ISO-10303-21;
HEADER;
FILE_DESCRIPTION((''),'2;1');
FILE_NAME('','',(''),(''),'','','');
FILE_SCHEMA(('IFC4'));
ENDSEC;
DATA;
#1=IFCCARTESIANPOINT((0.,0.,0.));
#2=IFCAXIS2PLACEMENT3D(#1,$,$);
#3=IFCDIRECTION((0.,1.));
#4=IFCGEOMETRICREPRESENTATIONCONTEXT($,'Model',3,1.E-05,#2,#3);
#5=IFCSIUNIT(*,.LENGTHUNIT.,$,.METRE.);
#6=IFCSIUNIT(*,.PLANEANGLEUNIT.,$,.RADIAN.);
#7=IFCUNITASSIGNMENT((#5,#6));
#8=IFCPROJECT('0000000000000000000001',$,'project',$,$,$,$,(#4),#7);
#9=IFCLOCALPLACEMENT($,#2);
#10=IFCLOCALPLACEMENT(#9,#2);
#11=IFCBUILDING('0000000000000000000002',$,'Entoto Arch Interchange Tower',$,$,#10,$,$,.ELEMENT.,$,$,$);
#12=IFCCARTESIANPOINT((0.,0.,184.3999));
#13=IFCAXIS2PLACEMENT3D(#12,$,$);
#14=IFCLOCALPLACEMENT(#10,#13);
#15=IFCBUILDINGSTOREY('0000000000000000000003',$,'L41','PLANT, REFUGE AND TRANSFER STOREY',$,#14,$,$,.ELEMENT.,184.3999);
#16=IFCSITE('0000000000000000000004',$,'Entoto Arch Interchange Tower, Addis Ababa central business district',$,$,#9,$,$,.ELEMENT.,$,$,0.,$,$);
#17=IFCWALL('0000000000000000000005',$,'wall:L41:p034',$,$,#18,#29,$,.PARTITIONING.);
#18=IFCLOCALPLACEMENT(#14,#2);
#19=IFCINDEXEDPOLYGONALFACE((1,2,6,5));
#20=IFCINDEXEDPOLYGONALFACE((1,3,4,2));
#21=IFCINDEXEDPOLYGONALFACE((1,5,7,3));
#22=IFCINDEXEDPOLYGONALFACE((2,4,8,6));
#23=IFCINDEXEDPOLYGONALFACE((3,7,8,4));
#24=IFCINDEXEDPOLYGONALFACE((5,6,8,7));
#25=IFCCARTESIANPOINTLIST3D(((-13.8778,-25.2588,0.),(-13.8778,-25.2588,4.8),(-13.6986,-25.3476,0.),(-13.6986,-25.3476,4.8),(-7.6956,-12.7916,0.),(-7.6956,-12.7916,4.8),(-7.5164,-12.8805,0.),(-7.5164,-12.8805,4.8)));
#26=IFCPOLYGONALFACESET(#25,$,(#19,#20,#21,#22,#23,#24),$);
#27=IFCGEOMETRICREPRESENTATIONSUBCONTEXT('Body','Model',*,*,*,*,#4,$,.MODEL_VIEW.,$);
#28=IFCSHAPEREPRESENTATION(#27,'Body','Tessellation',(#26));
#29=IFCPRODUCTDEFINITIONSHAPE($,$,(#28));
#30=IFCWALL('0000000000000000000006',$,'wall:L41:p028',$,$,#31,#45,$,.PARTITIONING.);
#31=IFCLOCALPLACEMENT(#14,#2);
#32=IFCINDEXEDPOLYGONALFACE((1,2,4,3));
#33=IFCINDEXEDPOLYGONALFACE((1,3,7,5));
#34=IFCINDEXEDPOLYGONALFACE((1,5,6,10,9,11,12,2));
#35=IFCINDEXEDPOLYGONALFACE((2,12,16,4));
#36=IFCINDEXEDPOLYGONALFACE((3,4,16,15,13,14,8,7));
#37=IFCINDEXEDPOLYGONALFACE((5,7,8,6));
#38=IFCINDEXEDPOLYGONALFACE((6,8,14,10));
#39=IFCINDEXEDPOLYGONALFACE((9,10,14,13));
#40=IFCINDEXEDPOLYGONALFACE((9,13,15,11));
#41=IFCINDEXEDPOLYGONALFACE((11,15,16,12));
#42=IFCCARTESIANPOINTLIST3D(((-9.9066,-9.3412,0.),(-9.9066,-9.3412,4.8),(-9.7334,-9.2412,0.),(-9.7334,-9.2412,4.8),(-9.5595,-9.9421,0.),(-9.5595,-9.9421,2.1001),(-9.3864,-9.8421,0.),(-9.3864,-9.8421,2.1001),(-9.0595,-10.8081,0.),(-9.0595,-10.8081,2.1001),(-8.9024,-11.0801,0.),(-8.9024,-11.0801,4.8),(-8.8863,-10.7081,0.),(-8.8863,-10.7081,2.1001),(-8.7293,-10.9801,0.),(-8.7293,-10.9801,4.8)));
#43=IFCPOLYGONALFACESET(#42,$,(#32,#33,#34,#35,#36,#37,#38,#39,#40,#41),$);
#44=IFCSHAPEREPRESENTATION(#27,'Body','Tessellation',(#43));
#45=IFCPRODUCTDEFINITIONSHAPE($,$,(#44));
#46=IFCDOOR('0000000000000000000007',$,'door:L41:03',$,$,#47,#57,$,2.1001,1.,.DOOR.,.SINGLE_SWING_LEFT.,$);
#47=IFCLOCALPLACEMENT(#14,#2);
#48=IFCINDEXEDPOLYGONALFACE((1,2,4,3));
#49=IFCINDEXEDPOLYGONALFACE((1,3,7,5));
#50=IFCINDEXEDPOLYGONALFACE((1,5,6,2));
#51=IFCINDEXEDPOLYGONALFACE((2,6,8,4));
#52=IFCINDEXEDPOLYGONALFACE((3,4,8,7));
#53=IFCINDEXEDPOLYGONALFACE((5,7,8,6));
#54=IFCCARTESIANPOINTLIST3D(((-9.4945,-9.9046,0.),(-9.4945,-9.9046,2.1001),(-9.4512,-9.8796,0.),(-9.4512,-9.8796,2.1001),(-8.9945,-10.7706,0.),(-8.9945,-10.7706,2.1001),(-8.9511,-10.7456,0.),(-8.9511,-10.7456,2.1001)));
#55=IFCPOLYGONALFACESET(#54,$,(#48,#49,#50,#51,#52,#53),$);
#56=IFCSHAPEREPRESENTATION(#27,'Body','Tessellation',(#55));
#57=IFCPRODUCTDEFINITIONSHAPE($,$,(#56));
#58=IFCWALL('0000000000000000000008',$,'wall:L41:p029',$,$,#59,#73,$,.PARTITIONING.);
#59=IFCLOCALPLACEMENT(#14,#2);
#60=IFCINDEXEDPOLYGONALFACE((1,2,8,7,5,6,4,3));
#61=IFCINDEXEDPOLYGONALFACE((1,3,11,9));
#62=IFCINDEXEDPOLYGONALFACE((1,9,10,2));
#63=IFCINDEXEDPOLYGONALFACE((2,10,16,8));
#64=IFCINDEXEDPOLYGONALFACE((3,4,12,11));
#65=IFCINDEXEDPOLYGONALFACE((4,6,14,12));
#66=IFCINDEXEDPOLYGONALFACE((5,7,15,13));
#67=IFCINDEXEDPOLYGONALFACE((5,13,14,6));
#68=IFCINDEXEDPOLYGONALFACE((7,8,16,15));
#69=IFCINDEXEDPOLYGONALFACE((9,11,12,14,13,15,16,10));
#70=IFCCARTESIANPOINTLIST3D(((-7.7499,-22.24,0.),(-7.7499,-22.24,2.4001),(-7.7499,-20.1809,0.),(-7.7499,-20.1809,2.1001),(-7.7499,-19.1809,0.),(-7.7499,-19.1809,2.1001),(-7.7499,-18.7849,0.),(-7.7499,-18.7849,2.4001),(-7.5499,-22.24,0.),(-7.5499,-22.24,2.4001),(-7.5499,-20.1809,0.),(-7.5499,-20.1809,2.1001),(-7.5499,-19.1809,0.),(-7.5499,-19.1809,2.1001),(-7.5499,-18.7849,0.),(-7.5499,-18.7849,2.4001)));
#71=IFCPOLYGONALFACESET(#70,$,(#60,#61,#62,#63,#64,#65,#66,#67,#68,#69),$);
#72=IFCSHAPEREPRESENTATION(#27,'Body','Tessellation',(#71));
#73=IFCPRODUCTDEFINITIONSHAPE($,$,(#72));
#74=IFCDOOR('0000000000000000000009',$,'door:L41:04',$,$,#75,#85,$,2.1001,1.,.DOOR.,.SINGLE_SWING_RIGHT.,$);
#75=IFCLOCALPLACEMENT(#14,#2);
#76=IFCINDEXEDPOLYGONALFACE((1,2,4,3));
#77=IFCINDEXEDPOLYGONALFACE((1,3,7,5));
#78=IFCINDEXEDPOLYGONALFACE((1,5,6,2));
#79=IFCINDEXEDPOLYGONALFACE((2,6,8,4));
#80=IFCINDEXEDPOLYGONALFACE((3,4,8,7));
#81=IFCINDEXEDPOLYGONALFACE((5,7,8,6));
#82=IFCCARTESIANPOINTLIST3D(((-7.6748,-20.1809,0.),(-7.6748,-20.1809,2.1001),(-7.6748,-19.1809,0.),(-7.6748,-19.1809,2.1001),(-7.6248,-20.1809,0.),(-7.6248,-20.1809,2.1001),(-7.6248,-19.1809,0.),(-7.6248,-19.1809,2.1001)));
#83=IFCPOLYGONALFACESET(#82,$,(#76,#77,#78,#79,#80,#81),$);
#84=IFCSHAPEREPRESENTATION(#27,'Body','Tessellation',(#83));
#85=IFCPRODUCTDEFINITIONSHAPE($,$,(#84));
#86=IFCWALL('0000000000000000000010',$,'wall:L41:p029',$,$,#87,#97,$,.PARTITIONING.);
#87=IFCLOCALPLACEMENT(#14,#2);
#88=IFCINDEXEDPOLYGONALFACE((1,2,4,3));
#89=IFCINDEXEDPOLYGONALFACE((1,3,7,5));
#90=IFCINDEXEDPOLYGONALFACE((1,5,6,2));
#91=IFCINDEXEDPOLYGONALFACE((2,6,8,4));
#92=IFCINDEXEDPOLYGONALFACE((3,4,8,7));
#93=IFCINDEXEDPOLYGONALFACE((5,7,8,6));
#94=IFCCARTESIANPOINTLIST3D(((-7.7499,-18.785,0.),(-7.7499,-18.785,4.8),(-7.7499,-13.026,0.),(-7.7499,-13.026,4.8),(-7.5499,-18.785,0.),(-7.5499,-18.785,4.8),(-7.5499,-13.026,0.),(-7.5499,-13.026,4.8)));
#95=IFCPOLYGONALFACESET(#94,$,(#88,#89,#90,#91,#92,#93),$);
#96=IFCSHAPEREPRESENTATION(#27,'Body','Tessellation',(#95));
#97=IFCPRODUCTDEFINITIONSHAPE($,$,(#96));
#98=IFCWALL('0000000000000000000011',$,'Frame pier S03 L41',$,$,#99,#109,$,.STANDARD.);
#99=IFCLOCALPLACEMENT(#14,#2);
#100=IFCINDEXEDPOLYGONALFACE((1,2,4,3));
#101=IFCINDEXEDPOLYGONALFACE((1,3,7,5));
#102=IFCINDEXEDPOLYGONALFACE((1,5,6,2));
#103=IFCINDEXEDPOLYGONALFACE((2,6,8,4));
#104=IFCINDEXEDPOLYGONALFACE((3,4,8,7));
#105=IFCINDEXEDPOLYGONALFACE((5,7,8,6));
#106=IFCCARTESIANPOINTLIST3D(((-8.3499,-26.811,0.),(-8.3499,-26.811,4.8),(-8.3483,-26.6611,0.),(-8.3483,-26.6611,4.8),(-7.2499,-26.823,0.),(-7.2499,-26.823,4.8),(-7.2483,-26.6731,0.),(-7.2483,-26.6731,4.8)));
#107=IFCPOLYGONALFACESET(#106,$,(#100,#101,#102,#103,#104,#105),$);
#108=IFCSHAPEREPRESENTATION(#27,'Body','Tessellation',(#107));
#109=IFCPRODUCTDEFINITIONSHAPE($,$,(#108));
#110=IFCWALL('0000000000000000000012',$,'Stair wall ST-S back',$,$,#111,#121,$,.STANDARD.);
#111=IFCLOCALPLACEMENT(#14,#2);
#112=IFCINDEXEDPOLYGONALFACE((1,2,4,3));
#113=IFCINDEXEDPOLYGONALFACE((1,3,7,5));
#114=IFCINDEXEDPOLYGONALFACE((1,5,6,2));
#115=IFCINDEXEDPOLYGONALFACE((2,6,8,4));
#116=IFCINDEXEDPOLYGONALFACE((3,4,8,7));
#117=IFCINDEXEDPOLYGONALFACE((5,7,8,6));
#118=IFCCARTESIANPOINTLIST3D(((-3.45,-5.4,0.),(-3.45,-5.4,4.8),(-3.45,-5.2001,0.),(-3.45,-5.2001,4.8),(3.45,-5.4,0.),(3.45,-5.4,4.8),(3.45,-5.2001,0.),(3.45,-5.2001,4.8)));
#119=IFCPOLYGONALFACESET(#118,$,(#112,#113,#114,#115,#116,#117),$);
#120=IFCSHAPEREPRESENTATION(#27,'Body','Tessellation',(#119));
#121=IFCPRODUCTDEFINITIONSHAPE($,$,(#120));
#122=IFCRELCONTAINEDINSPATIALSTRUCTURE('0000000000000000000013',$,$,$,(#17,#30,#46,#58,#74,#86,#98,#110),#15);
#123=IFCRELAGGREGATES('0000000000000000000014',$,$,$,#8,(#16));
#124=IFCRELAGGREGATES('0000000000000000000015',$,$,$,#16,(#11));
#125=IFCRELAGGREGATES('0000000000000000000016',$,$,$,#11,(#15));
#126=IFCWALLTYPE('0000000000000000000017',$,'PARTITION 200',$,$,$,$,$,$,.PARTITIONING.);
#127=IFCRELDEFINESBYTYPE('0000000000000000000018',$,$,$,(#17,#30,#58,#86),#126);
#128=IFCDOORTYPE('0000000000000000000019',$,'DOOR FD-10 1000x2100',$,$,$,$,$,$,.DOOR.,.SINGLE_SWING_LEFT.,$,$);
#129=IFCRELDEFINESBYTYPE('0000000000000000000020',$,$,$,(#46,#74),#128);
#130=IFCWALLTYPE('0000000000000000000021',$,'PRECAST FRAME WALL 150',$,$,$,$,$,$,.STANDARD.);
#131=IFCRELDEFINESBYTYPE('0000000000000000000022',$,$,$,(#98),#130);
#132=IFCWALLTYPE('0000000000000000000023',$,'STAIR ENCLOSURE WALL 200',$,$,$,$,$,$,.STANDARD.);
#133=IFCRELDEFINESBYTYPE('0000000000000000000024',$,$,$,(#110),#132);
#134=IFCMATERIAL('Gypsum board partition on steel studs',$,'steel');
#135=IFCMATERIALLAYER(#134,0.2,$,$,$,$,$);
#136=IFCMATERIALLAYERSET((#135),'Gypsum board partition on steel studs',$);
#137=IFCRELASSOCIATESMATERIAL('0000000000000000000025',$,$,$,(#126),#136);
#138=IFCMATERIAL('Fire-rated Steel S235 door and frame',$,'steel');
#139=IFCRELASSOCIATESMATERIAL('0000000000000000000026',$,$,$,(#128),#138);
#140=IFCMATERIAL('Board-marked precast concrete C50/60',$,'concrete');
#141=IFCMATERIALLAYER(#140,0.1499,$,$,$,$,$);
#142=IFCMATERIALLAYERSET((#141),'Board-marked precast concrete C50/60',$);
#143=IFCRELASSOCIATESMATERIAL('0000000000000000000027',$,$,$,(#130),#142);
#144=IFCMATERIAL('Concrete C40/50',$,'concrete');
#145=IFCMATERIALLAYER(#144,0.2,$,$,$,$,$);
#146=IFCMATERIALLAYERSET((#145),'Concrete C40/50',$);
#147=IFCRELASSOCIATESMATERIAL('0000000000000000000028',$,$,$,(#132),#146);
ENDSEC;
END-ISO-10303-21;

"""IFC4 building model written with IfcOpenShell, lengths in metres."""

from ifc_helpers import new_model, si_unit, direction, frame, frame_2d, origin, place, context, subcontext, project, spatial, rectangle, extrude, material, layer, layer_set, type_object, element, fill, save


model = new_model("IFC4")

# Units and contexts
model_context = context("Model", 3, precision=1e-05, world=origin(), true_north=direction((0.0, 1.0)))
body_context = subcontext(model_context, "Body", "Model", "MODEL_VIEW")
ifc_project = project(units=[si_unit("LENGTHUNIT", "METRE"), si_unit("PLANEANGLEUNIT", "RADIAN")], contexts=[model_context])

# Site, building, storey
site_placement = place(None, origin())
site = spatial("IfcSite", under=ifc_project, at=site_placement, Name="Entoto Arch Interchange Tower, Addis Ababa central business district", CompositionType="ELEMENT", RefElevation=0.0)
building_placement = place(site_placement, origin())
building = spatial("IfcBuilding", under=site, at=building_placement, Name="Entoto Arch Interchange Tower", CompositionType="ELEMENT")
storey_placement = place(building_placement, frame((0.0, 0.0, 184.3999)))
storey = spatial("IfcBuildingStorey", under=building, at=storey_placement, Name="L41", Description="PLANT, REFUGE AND TRANSFER STOREY", CompositionType="ELEMENT", Elevation=184.3999)

# Shared definitions
ifc_material_1 = material(Name="Concrete C40/50", Category="concrete")

# Wall
ifc_material_2 = material(Name="Gypsum board partition on steel studs", Category="steel")
ifc_layer_1 = layer(ifc_material_2, 0.2)
ifc_layer_set_1 = layer_set([ifc_layer_1], Name="Gypsum board partition on steel studs")
wall_type_1 = type_object("IfcWallType", Name="PARTITION 200", PredefinedType="PARTITIONING", material=ifc_layer_set_1)
wall_1_placement = place(storey_placement, frame((-7.606, -12.8359, 0.0), z_axis=(0.0, 0.0, 1.0), x_axis=(-0.444257, -0.8959, 0.0)))
element("IfcWall", 1, at=wall_1_placement, inside=storey, type_object=wall_type_1, Name="wall:L41:p034", PredefinedType="PARTITIONING", context=body_context, shape_type="SweptSolid", body=[
    extrude(rectangle(XDim=13.9158, YDim=0.2, at=frame_2d((6.958, 0.0))), origin(), (0.0, 0.0, 1.0), 4.8),
])

# Walls, openings, doors
wall_2_placement = place(storey_placement, frame((-8.8159, -11.03, 0.0), z_axis=(0.0, 0.0, 1.0), x_axis=(-0.500049, 0.865997, 0.0)))
wall_2 = element("IfcWall", 2, at=wall_2_placement, inside=storey, type_object=wall_type_1, Name="wall:L41:p028", PredefinedType="PARTITIONING", context=body_context, shape_type="SweptSolid", body=[
    extrude(rectangle(XDim=2.0081, YDim=0.2, at=frame_2d((1.0039, 0.0))), origin(), (0.0, 0.0, 1.0), 4.8),
])
opening_1_placement = place(wall_2_placement, frame((0.314, 0.0, 0.0)))
opening_1 = element("IfcOpeningElement", 3, at=opening_1_placement, cuts=wall_2, PredefinedType="OPENING", context=body_context, shape_type="SweptSolid", body=[
    extrude(rectangle(XDim=1.0, YDim=2.1001, at=frame_2d((0.5, 1.05))), frame((0.0, 0.1099, 0.0), z_axis=(0.0, -1.0, 0.0), x_axis=(1.0, 0.0, 0.0)), (0.0, 0.0, 1.0), 0.22),
])
ifc_material_3 = material(Name="Fire-rated Steel S235 door and frame", Category="steel")
door_type_1 = type_object("IfcDoorType", Name="DOOR FD-10 1000x2100", OperationType="SINGLE_SWING_LEFT", PredefinedType="DOOR", material=ifc_material_3)
door_1_placement = place(opening_1_placement, origin())
door_1 = element("IfcDoor", 4, at=door_1_placement, inside=storey, type_object=door_type_1, Name="door:L41:03", OperationType="SINGLE_SWING_LEFT", OverallHeight=2.1001, OverallWidth=1.0, PredefinedType="DOOR", context=body_context, shape_type="SweptSolid", body=[
    extrude(rectangle(XDim=1.0, YDim=2.1001, at=frame_2d((0.5, 1.05))), frame((0.0, 0.0249, 0.0), z_axis=(0.0, -1.0, 0.0), x_axis=(1.0, 0.0, 0.0)), (0.0, 0.0, 1.0), 0.05),
])
fill(opening_1, door_1)
wall_3_placement = place(storey_placement, frame((-7.6499, -22.24, 0.0), z_axis=(0.0, 0.0, 1.0), x_axis=(0.0, 1.0, 0.0)))
wall_3 = element("IfcWall", 5, at=wall_3_placement, inside=storey, type_object=wall_type_1, Name="wall:L41:p029", PredefinedType="PARTITIONING", context=body_context, shape_type="SweptSolid", body=[
    extrude(rectangle(XDim=3.4551, YDim=0.2, at=frame_2d((1.7275, 0.0))), origin(), (0.0, 0.0, 1.0), 2.4001),
])
opening_2_placement = place(wall_3_placement, frame((2.0591, 0.0, 0.0)))
opening_2 = element("IfcOpeningElement", 6, at=opening_2_placement, cuts=wall_3, PredefinedType="OPENING", context=body_context, shape_type="SweptSolid", body=[
    extrude(rectangle(XDim=1.0, YDim=2.1001, at=frame_2d((0.5, 1.05))), frame((0.0, 0.1099, 0.0), z_axis=(0.0, -1.0, 0.0), x_axis=(1.0, 0.0, 0.0)), (0.0, 0.0, 1.0), 0.22),
])
door_2_placement = place(opening_2_placement, origin())
door_2 = element("IfcDoor", 7, at=door_2_placement, inside=storey, type_object=door_type_1, Name="door:L41:04", OperationType="SINGLE_SWING_RIGHT", OverallHeight=2.1001, OverallWidth=1.0, PredefinedType="DOOR", context=body_context, shape_type="SweptSolid", body=[
    extrude(rectangle(XDim=1.0, YDim=2.1001, at=frame_2d((0.5, 1.05))), frame((0.0, 0.0249, 0.0), z_axis=(0.0, -1.0, 0.0), x_axis=(1.0, 0.0, 0.0)), (0.0, 0.0, 1.0), 0.05),
])
fill(opening_2, door_2)

# Walls
wall_4_placement = place(storey_placement, frame((-7.6499, -18.7849, 0.0), z_axis=(0.0, 0.0, 1.0), x_axis=(0.0, 1.0, 0.0)))
element("IfcWall", 8, at=wall_4_placement, inside=storey, type_object=wall_type_1, Name="wall:L41:p029", PredefinedType="PARTITIONING", context=body_context, shape_type="SweptSolid", body=[
    extrude(rectangle(XDim=5.759, YDim=0.2, at=frame_2d((2.8794, 0.0))), origin(), (0.0, 0.0, 1.0), 4.8),
])
ifc_material_4 = material(Name="Board-marked precast concrete C50/60", Category="concrete")
ifc_layer_2 = layer(ifc_material_4, 0.1499)
ifc_layer_set_2 = layer_set([ifc_layer_2], Name="Board-marked precast concrete C50/60")
wall_type_2 = type_object("IfcWallType", Name="PRECAST FRAME WALL 150", PredefinedType="STANDARD", material=ifc_layer_set_2)
wall_5_placement = place(storey_placement, frame((-8.3491, -26.7361, 0.0), z_axis=(0.0, 0.0, 1.0), x_axis=(0.999941, -0.010874, 0.0)))
element("IfcWall", 9, at=wall_5_placement, inside=storey, type_object=wall_type_2, Name="Frame pier S03 L41", PredefinedType="STANDARD", context=body_context, shape_type="SweptSolid", body=[
    extrude(rectangle(XDim=1.1001, YDim=0.1499, at=frame_2d((0.55, 0.0))), origin(), (0.0, 0.0, 1.0), 4.8),
])
ifc_layer_3 = layer(ifc_material_1, 0.2)
ifc_layer_set_3 = layer_set([ifc_layer_3], Name="Concrete C40/50")
wall_type_3 = type_object("IfcWallType", Name="STAIR ENCLOSURE WALL 200", PredefinedType="STANDARD", material=ifc_layer_set_3)
wall_6_placement = place(storey_placement, frame((-3.45, -5.3, 0.0), z_axis=(0.0, 0.0, 1.0), x_axis=(1.0, 0.0, 0.0)))
element("IfcWall", 10, at=wall_6_placement, inside=storey, type_object=wall_type_3, Name="Stair wall ST-S back", PredefinedType="STANDARD", context=body_context, shape_type="SweptSolid", body=[
    extrude(rectangle(XDim=6.8999, YDim=0.2, at=frame_2d((3.45, 0.0))), origin(), (0.0, 0.0, 1.0), 4.8),
])

save(model, "model.ifc")
